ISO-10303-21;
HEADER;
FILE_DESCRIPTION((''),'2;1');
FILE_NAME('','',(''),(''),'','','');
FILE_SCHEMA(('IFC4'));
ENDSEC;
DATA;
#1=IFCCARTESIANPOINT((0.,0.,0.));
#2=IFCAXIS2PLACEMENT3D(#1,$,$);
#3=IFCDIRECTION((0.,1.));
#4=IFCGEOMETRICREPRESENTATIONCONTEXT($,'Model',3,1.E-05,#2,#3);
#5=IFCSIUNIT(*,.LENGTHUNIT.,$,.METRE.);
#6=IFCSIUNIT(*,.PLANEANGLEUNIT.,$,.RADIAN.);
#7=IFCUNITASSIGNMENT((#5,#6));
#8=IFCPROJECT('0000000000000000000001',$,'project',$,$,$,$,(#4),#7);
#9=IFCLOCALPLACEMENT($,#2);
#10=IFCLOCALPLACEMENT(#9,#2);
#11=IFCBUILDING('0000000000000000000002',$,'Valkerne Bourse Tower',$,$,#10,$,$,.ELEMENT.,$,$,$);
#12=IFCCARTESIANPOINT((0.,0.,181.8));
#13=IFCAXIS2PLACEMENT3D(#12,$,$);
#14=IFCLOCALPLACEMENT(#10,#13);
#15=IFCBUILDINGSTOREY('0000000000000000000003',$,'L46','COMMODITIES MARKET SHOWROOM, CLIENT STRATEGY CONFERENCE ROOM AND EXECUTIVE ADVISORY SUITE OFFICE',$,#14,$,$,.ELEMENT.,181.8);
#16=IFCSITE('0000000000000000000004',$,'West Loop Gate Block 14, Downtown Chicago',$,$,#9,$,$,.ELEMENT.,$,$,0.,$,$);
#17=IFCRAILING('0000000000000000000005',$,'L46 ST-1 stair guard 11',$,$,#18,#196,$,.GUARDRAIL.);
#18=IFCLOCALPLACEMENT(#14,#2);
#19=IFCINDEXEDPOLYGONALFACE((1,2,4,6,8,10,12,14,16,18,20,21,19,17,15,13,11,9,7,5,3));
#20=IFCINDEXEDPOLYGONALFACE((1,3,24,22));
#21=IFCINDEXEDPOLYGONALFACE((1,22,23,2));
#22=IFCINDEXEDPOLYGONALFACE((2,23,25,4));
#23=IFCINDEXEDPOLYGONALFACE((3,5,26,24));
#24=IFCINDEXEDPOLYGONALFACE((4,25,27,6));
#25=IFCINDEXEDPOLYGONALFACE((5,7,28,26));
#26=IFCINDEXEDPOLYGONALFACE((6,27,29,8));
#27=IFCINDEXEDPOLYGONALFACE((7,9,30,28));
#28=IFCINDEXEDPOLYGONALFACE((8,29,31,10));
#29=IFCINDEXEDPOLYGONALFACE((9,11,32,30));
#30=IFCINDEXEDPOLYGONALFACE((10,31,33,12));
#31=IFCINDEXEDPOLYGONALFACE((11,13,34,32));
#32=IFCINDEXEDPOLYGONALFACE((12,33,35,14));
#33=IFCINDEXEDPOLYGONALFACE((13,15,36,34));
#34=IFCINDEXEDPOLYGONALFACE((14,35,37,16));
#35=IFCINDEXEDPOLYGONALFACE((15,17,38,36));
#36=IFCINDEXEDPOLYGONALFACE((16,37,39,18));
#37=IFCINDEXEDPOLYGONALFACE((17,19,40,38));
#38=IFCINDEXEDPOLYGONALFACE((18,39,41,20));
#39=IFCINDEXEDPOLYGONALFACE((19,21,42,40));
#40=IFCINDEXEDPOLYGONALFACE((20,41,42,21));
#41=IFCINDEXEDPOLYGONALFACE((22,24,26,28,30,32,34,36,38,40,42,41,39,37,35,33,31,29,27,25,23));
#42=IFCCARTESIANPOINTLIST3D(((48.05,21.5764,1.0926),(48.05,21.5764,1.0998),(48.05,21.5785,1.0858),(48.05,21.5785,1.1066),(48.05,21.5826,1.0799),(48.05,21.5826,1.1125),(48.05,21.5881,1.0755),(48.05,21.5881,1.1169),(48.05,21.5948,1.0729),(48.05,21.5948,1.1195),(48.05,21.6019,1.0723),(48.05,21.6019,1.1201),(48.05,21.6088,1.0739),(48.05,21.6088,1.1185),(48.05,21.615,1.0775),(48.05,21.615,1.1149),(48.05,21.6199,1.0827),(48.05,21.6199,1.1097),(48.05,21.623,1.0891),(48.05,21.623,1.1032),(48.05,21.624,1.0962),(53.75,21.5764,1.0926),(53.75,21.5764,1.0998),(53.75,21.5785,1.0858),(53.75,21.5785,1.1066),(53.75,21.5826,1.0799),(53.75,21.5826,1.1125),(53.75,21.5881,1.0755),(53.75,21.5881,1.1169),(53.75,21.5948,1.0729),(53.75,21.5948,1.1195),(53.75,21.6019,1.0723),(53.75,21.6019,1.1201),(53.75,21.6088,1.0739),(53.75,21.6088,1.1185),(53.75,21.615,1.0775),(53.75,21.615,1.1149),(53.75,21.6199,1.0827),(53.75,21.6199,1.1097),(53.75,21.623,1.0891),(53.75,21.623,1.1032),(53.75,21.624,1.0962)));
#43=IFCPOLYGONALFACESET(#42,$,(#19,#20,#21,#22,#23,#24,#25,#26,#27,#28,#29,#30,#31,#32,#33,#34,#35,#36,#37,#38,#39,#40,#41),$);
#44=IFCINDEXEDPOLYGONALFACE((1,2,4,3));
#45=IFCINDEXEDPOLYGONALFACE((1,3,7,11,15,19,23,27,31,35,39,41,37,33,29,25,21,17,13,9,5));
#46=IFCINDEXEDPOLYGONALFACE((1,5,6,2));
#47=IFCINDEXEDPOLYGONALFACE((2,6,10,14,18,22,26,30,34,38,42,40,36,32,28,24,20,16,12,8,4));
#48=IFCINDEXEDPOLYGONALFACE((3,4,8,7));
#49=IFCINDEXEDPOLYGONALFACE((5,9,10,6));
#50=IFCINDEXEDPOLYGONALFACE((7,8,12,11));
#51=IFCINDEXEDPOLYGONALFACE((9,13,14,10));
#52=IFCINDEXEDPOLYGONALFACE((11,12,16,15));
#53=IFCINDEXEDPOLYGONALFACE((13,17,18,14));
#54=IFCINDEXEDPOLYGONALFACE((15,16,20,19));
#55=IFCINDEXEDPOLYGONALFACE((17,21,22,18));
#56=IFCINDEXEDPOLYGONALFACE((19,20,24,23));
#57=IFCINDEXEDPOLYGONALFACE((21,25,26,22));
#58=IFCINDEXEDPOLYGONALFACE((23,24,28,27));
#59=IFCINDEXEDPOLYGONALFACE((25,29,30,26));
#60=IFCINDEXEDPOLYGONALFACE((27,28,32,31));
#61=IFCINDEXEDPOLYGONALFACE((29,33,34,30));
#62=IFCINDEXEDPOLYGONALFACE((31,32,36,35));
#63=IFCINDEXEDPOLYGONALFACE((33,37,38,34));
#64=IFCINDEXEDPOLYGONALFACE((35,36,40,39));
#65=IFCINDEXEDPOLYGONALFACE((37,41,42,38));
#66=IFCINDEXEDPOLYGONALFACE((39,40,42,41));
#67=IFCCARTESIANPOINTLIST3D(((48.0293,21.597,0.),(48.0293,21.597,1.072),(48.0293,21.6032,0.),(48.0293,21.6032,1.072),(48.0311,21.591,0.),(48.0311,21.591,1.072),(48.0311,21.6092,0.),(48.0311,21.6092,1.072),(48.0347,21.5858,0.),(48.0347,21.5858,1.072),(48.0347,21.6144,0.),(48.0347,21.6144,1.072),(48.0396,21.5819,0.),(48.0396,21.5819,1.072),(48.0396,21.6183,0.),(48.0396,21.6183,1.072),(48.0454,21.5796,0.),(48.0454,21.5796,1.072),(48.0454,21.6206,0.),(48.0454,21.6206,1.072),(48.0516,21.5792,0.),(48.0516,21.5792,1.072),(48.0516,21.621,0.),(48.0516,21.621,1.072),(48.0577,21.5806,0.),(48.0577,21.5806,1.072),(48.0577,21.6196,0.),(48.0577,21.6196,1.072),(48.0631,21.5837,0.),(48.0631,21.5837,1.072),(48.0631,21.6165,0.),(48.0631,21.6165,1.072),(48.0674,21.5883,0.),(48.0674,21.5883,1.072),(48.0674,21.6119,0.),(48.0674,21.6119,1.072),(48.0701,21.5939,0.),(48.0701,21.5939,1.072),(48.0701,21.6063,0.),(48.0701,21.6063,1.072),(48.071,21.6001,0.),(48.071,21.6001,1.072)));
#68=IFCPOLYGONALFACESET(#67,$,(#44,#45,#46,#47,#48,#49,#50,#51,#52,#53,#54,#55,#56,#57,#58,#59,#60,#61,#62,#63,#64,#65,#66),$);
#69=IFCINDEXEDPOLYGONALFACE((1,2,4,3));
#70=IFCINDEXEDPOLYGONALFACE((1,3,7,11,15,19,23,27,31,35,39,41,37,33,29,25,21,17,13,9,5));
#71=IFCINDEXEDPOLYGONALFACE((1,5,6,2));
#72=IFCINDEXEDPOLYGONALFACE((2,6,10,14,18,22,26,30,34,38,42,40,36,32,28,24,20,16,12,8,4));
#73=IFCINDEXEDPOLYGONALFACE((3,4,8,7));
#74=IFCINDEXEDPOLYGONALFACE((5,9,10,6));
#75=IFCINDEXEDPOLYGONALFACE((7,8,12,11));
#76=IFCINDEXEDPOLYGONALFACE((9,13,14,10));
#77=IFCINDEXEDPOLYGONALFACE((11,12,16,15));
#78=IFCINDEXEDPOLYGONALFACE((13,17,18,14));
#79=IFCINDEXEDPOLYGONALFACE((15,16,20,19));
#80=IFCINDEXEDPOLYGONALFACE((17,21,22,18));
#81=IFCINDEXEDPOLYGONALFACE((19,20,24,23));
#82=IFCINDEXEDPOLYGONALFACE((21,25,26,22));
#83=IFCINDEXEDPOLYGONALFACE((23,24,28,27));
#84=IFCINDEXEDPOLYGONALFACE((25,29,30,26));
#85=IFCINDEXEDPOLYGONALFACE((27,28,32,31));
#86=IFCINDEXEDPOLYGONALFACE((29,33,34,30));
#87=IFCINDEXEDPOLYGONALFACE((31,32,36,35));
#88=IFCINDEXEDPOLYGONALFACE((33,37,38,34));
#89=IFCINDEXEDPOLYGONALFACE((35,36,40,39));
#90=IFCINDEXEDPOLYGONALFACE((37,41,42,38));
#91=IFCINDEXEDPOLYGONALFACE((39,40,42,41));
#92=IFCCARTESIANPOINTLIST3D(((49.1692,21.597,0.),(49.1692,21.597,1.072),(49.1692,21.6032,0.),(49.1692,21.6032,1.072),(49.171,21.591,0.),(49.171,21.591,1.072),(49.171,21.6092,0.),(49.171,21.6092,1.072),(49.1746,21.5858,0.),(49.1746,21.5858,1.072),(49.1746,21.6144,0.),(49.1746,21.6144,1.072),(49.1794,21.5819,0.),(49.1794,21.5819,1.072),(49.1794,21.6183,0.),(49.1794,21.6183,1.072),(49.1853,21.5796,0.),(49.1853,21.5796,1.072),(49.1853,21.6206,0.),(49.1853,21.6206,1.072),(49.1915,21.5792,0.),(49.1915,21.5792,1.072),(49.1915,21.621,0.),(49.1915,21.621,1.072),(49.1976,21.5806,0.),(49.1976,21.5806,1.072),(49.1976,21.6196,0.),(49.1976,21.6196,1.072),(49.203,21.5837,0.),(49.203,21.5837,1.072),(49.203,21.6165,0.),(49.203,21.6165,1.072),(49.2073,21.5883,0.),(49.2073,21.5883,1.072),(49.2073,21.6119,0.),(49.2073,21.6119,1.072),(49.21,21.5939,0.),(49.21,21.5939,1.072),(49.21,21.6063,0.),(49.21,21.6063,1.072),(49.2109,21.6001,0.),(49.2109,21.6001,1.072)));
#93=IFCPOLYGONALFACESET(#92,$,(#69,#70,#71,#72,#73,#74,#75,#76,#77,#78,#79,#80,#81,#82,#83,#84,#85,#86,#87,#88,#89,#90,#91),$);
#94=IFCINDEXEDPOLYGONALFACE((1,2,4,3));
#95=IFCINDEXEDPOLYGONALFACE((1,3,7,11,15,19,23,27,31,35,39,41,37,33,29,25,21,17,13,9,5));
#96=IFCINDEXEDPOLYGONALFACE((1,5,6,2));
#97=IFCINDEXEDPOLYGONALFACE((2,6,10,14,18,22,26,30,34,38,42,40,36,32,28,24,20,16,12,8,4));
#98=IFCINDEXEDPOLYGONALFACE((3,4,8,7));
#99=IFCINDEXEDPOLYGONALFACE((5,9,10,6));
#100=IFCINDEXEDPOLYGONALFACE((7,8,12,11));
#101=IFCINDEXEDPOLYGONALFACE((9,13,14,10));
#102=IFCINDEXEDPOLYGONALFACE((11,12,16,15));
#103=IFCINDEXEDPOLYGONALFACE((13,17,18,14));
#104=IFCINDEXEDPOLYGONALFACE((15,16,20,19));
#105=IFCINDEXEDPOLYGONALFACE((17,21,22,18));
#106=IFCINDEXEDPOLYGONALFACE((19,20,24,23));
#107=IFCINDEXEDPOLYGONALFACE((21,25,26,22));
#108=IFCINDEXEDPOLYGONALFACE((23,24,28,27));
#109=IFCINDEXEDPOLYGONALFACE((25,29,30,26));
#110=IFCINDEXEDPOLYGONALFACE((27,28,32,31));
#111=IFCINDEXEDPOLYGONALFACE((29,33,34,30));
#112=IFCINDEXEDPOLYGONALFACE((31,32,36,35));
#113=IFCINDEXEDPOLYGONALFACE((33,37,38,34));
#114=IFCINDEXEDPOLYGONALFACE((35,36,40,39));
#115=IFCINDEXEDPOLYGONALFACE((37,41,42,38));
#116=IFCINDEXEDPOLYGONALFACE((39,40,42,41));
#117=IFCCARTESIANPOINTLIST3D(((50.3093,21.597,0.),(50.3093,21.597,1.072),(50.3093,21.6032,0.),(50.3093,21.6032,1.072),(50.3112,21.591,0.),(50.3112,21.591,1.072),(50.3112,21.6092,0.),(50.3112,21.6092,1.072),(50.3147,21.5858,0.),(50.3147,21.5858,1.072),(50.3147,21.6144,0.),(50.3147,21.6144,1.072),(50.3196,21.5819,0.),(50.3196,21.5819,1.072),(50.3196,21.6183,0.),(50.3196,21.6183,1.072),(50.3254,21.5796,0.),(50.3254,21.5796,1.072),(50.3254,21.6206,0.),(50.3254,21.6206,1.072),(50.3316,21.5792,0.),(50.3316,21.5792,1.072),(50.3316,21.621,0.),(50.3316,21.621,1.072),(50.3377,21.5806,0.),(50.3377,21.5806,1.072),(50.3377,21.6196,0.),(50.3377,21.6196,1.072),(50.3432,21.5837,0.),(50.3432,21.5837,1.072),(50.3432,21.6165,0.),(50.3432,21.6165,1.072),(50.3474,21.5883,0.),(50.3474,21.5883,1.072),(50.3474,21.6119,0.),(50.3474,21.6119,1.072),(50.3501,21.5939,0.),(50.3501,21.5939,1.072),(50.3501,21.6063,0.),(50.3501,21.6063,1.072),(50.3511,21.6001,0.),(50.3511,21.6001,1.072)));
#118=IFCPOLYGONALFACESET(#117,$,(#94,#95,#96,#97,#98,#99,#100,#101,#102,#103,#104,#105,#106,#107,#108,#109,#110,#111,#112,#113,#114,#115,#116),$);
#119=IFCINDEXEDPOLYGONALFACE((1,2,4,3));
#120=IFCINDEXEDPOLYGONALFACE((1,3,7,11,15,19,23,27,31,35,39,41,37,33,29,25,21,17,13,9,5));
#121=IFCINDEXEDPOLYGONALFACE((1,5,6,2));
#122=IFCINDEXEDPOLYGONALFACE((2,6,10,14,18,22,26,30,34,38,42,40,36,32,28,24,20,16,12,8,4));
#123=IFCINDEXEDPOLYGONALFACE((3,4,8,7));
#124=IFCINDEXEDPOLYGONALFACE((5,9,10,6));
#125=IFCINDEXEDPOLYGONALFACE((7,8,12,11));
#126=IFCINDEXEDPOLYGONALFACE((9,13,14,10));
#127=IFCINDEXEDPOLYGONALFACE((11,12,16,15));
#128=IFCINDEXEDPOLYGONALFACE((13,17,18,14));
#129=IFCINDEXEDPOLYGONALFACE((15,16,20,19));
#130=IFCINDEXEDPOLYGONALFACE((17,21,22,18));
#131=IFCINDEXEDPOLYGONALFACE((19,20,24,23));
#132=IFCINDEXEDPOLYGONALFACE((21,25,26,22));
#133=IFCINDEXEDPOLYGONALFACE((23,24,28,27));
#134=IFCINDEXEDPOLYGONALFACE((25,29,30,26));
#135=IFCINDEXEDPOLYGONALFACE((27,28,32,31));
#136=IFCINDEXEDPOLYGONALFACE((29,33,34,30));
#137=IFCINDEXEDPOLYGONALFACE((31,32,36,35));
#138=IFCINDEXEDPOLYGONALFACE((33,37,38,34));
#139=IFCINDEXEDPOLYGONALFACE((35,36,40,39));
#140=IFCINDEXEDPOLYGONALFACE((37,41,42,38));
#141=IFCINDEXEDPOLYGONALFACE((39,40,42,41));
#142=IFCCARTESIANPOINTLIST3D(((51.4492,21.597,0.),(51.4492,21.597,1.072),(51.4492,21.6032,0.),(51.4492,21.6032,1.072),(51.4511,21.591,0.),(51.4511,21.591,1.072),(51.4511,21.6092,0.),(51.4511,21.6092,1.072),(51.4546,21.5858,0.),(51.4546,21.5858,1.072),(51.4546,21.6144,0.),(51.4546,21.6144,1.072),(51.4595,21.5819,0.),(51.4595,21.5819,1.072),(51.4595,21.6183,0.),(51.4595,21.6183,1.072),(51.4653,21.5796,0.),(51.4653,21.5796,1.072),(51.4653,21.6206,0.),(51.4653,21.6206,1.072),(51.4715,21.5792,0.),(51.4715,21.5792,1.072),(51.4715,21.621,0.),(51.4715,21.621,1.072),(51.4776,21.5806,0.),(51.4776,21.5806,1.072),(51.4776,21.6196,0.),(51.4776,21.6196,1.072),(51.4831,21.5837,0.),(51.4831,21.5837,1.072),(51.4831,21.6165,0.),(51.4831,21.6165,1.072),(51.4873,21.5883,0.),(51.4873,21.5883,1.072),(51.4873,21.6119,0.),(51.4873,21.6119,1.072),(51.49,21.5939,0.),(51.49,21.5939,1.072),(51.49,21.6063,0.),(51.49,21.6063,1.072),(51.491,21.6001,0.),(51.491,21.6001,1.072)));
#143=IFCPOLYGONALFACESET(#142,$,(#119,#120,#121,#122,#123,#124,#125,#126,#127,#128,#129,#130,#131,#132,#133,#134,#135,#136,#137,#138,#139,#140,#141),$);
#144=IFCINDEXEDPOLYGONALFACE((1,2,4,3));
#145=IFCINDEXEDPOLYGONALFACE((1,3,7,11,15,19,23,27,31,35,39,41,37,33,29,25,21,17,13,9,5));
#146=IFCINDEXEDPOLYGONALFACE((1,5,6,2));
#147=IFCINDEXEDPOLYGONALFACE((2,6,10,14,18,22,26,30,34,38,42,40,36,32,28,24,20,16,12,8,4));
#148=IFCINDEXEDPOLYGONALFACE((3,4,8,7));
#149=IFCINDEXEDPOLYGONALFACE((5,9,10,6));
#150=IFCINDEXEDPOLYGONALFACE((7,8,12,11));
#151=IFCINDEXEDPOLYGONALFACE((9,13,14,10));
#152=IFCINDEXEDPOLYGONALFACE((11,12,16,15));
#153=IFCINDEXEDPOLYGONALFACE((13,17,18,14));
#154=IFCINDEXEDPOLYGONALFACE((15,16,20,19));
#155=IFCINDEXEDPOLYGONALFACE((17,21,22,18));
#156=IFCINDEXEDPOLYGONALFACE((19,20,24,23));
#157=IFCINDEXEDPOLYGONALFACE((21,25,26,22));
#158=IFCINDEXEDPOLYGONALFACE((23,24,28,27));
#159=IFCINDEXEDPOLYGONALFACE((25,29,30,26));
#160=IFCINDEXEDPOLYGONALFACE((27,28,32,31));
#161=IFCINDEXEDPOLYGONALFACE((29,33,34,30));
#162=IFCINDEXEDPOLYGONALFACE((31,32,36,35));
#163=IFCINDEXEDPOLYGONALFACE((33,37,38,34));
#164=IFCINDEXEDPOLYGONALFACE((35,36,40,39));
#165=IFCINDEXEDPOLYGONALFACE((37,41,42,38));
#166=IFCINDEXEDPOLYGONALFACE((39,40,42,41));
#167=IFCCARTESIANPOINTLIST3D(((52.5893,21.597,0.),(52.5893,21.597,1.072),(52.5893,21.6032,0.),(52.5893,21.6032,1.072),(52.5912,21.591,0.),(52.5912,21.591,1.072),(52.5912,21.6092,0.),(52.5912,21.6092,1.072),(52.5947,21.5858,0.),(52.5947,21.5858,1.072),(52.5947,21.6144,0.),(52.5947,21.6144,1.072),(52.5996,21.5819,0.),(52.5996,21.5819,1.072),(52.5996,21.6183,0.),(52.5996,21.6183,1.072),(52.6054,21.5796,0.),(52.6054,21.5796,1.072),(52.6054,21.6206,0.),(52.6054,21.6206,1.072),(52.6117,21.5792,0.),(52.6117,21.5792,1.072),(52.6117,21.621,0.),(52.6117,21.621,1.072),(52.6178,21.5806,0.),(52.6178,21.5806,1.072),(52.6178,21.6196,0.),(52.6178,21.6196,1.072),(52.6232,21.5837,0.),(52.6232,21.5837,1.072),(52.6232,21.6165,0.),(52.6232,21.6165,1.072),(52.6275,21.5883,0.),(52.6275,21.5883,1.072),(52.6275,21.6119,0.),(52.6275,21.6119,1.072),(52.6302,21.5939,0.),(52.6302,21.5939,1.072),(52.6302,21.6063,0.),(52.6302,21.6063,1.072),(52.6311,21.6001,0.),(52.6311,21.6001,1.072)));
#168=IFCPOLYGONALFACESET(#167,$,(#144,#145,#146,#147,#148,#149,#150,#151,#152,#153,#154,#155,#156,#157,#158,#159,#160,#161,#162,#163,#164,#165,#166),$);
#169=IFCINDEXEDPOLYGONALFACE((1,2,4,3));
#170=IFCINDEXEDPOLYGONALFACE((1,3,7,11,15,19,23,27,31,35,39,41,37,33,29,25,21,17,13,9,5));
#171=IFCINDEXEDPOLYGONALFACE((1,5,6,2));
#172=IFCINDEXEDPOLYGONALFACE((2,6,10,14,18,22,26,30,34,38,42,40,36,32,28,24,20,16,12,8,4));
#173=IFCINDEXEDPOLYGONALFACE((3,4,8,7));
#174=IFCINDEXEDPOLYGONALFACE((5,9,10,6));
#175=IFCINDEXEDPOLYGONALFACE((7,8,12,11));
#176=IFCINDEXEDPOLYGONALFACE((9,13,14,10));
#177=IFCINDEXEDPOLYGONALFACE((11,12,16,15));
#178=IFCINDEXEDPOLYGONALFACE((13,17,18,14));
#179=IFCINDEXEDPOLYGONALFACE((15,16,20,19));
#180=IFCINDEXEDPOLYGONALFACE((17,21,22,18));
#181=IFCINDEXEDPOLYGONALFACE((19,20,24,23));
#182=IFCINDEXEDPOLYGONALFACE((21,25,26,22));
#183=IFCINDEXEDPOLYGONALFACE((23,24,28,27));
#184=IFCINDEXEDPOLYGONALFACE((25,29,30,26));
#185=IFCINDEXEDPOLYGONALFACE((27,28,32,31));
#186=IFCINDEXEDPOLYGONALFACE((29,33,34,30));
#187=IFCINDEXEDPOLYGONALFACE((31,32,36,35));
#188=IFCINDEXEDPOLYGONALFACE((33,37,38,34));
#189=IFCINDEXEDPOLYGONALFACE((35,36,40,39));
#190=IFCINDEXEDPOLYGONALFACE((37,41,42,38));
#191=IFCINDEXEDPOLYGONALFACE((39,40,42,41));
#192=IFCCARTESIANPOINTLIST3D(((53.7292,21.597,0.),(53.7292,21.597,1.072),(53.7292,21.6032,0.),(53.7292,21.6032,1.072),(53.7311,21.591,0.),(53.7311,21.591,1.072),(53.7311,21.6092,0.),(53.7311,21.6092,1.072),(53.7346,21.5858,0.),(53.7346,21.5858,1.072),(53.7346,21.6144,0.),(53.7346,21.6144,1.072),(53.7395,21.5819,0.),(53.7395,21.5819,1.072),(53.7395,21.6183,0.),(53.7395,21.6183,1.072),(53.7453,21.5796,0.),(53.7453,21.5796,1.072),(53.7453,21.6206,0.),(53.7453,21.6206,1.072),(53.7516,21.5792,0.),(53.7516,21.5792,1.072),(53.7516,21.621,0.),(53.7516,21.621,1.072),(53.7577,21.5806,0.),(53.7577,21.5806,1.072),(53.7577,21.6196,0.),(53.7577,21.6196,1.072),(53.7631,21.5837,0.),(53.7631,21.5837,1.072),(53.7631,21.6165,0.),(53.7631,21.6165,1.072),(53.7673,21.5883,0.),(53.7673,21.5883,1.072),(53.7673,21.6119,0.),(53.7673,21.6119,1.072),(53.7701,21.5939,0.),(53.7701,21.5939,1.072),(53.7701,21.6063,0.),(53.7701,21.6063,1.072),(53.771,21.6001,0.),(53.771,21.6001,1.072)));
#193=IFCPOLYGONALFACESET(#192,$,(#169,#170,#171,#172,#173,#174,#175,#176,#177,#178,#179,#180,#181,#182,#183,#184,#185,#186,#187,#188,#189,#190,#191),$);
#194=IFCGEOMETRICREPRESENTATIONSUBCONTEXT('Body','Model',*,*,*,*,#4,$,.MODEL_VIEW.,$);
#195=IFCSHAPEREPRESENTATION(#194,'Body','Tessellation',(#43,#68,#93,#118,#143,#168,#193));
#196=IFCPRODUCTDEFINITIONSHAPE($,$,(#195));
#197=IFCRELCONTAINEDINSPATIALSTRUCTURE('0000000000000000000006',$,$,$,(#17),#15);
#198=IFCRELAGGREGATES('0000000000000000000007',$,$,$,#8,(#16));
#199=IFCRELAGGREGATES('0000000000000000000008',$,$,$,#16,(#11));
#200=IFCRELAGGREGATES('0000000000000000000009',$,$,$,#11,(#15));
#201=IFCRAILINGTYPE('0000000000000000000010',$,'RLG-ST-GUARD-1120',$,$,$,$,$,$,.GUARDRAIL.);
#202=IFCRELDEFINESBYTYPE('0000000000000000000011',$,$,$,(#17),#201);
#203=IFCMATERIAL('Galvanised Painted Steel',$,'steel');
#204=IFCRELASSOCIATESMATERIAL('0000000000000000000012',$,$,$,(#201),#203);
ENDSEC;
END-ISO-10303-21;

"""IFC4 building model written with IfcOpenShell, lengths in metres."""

from ifc_helpers import new_model, si_unit, direction, frame, origin, origin_2d, place, context, subcontext, project, spatial, circle, extrude, material, type_object, element, save


model = new_model("IFC4")

# Units and contexts
model_context = context("Model", 3, precision=1e-05, world=origin(), true_north=direction((0.0, 1.0)))
body_context = subcontext(model_context, "Body", "Model", "MODEL_VIEW")
ifc_project = project(units=[si_unit("LENGTHUNIT", "METRE"), si_unit("PLANEANGLEUNIT", "RADIAN")], contexts=[model_context])

# Site, building, storey
site_placement = place(None, origin())
site = spatial("IfcSite", under=ifc_project, at=site_placement, Name="West Loop Gate Block 14, Downtown Chicago", CompositionType="ELEMENT", RefElevation=0.0)
building_placement = place(site_placement, origin())
building = spatial("IfcBuilding", under=site, at=building_placement, Name="Valkerne Bourse Tower", CompositionType="ELEMENT")
storey_placement = place(building_placement, frame((0.0, 0.0, 181.8)))
storey = spatial("IfcBuildingStorey", under=building, at=storey_placement, Name="L46", Description="COMMODITIES MARKET SHOWROOM, CLIENT STRATEGY CONFERENCE ROOM AND EXECUTIVE ADVISORY SUITE OFFICE", CompositionType="ELEMENT", Elevation=181.8)

# Shared definitions
ifc_material_1 = material(Name="Galvanised Painted Steel", Category="steel")

# Railing
railing_type_1 = type_object("IfcRailingType", Name="RLG-ST-GUARD-1120", PredefinedType="GUARDRAIL", material=ifc_material_1)
for number, where, name in (
    (1, (48.05, 21.6001, 0.0), "L46 ST-1 stair guard 11"),
):
    element("IfcRailing", number, at=place(storey_placement, frame(where)), inside=storey, type_object=railing_type_1, Name=name, PredefinedType="GUARDRAIL", context=body_context, shape_type="SweptSolid", body=[
        extrude(circle(Radius=0.0239, at=origin_2d()), frame((0.0, 0.0, 1.0962), z_axis=(1.0, 0.0, 0.0), x_axis=(0.0, 1.0, 0.0)), (0.0, 0.0, 1.0), 5.7),
        extrude(circle(Radius=0.021, at=origin_2d()), origin(), (0.0, 0.0, 1.0), 1.072),
        extrude(circle(Radius=0.021, at=origin_2d()), frame((1.1399, 0.0, 0.0)), (0.0, 0.0, 1.0), 1.072),
        extrude(circle(Radius=0.021, at=origin_2d()), frame((2.28, 0.0, 0.0)), (0.0, 0.0, 1.0), 1.072),
        extrude(circle(Radius=0.021, at=origin_2d()), frame((3.4199, 0.0, 0.0)), (0.0, 0.0, 1.0), 1.072),
        extrude(circle(Radius=0.021, at=origin_2d()), frame((4.5601, 0.0, 0.0)), (0.0, 0.0, 1.0), 1.072),
        extrude(circle(Radius=0.021, at=origin_2d()), frame((5.7, 0.0, 0.0)), (0.0, 0.0, 1.0), 1.072),
    ])

save(model, "model.ifc")
